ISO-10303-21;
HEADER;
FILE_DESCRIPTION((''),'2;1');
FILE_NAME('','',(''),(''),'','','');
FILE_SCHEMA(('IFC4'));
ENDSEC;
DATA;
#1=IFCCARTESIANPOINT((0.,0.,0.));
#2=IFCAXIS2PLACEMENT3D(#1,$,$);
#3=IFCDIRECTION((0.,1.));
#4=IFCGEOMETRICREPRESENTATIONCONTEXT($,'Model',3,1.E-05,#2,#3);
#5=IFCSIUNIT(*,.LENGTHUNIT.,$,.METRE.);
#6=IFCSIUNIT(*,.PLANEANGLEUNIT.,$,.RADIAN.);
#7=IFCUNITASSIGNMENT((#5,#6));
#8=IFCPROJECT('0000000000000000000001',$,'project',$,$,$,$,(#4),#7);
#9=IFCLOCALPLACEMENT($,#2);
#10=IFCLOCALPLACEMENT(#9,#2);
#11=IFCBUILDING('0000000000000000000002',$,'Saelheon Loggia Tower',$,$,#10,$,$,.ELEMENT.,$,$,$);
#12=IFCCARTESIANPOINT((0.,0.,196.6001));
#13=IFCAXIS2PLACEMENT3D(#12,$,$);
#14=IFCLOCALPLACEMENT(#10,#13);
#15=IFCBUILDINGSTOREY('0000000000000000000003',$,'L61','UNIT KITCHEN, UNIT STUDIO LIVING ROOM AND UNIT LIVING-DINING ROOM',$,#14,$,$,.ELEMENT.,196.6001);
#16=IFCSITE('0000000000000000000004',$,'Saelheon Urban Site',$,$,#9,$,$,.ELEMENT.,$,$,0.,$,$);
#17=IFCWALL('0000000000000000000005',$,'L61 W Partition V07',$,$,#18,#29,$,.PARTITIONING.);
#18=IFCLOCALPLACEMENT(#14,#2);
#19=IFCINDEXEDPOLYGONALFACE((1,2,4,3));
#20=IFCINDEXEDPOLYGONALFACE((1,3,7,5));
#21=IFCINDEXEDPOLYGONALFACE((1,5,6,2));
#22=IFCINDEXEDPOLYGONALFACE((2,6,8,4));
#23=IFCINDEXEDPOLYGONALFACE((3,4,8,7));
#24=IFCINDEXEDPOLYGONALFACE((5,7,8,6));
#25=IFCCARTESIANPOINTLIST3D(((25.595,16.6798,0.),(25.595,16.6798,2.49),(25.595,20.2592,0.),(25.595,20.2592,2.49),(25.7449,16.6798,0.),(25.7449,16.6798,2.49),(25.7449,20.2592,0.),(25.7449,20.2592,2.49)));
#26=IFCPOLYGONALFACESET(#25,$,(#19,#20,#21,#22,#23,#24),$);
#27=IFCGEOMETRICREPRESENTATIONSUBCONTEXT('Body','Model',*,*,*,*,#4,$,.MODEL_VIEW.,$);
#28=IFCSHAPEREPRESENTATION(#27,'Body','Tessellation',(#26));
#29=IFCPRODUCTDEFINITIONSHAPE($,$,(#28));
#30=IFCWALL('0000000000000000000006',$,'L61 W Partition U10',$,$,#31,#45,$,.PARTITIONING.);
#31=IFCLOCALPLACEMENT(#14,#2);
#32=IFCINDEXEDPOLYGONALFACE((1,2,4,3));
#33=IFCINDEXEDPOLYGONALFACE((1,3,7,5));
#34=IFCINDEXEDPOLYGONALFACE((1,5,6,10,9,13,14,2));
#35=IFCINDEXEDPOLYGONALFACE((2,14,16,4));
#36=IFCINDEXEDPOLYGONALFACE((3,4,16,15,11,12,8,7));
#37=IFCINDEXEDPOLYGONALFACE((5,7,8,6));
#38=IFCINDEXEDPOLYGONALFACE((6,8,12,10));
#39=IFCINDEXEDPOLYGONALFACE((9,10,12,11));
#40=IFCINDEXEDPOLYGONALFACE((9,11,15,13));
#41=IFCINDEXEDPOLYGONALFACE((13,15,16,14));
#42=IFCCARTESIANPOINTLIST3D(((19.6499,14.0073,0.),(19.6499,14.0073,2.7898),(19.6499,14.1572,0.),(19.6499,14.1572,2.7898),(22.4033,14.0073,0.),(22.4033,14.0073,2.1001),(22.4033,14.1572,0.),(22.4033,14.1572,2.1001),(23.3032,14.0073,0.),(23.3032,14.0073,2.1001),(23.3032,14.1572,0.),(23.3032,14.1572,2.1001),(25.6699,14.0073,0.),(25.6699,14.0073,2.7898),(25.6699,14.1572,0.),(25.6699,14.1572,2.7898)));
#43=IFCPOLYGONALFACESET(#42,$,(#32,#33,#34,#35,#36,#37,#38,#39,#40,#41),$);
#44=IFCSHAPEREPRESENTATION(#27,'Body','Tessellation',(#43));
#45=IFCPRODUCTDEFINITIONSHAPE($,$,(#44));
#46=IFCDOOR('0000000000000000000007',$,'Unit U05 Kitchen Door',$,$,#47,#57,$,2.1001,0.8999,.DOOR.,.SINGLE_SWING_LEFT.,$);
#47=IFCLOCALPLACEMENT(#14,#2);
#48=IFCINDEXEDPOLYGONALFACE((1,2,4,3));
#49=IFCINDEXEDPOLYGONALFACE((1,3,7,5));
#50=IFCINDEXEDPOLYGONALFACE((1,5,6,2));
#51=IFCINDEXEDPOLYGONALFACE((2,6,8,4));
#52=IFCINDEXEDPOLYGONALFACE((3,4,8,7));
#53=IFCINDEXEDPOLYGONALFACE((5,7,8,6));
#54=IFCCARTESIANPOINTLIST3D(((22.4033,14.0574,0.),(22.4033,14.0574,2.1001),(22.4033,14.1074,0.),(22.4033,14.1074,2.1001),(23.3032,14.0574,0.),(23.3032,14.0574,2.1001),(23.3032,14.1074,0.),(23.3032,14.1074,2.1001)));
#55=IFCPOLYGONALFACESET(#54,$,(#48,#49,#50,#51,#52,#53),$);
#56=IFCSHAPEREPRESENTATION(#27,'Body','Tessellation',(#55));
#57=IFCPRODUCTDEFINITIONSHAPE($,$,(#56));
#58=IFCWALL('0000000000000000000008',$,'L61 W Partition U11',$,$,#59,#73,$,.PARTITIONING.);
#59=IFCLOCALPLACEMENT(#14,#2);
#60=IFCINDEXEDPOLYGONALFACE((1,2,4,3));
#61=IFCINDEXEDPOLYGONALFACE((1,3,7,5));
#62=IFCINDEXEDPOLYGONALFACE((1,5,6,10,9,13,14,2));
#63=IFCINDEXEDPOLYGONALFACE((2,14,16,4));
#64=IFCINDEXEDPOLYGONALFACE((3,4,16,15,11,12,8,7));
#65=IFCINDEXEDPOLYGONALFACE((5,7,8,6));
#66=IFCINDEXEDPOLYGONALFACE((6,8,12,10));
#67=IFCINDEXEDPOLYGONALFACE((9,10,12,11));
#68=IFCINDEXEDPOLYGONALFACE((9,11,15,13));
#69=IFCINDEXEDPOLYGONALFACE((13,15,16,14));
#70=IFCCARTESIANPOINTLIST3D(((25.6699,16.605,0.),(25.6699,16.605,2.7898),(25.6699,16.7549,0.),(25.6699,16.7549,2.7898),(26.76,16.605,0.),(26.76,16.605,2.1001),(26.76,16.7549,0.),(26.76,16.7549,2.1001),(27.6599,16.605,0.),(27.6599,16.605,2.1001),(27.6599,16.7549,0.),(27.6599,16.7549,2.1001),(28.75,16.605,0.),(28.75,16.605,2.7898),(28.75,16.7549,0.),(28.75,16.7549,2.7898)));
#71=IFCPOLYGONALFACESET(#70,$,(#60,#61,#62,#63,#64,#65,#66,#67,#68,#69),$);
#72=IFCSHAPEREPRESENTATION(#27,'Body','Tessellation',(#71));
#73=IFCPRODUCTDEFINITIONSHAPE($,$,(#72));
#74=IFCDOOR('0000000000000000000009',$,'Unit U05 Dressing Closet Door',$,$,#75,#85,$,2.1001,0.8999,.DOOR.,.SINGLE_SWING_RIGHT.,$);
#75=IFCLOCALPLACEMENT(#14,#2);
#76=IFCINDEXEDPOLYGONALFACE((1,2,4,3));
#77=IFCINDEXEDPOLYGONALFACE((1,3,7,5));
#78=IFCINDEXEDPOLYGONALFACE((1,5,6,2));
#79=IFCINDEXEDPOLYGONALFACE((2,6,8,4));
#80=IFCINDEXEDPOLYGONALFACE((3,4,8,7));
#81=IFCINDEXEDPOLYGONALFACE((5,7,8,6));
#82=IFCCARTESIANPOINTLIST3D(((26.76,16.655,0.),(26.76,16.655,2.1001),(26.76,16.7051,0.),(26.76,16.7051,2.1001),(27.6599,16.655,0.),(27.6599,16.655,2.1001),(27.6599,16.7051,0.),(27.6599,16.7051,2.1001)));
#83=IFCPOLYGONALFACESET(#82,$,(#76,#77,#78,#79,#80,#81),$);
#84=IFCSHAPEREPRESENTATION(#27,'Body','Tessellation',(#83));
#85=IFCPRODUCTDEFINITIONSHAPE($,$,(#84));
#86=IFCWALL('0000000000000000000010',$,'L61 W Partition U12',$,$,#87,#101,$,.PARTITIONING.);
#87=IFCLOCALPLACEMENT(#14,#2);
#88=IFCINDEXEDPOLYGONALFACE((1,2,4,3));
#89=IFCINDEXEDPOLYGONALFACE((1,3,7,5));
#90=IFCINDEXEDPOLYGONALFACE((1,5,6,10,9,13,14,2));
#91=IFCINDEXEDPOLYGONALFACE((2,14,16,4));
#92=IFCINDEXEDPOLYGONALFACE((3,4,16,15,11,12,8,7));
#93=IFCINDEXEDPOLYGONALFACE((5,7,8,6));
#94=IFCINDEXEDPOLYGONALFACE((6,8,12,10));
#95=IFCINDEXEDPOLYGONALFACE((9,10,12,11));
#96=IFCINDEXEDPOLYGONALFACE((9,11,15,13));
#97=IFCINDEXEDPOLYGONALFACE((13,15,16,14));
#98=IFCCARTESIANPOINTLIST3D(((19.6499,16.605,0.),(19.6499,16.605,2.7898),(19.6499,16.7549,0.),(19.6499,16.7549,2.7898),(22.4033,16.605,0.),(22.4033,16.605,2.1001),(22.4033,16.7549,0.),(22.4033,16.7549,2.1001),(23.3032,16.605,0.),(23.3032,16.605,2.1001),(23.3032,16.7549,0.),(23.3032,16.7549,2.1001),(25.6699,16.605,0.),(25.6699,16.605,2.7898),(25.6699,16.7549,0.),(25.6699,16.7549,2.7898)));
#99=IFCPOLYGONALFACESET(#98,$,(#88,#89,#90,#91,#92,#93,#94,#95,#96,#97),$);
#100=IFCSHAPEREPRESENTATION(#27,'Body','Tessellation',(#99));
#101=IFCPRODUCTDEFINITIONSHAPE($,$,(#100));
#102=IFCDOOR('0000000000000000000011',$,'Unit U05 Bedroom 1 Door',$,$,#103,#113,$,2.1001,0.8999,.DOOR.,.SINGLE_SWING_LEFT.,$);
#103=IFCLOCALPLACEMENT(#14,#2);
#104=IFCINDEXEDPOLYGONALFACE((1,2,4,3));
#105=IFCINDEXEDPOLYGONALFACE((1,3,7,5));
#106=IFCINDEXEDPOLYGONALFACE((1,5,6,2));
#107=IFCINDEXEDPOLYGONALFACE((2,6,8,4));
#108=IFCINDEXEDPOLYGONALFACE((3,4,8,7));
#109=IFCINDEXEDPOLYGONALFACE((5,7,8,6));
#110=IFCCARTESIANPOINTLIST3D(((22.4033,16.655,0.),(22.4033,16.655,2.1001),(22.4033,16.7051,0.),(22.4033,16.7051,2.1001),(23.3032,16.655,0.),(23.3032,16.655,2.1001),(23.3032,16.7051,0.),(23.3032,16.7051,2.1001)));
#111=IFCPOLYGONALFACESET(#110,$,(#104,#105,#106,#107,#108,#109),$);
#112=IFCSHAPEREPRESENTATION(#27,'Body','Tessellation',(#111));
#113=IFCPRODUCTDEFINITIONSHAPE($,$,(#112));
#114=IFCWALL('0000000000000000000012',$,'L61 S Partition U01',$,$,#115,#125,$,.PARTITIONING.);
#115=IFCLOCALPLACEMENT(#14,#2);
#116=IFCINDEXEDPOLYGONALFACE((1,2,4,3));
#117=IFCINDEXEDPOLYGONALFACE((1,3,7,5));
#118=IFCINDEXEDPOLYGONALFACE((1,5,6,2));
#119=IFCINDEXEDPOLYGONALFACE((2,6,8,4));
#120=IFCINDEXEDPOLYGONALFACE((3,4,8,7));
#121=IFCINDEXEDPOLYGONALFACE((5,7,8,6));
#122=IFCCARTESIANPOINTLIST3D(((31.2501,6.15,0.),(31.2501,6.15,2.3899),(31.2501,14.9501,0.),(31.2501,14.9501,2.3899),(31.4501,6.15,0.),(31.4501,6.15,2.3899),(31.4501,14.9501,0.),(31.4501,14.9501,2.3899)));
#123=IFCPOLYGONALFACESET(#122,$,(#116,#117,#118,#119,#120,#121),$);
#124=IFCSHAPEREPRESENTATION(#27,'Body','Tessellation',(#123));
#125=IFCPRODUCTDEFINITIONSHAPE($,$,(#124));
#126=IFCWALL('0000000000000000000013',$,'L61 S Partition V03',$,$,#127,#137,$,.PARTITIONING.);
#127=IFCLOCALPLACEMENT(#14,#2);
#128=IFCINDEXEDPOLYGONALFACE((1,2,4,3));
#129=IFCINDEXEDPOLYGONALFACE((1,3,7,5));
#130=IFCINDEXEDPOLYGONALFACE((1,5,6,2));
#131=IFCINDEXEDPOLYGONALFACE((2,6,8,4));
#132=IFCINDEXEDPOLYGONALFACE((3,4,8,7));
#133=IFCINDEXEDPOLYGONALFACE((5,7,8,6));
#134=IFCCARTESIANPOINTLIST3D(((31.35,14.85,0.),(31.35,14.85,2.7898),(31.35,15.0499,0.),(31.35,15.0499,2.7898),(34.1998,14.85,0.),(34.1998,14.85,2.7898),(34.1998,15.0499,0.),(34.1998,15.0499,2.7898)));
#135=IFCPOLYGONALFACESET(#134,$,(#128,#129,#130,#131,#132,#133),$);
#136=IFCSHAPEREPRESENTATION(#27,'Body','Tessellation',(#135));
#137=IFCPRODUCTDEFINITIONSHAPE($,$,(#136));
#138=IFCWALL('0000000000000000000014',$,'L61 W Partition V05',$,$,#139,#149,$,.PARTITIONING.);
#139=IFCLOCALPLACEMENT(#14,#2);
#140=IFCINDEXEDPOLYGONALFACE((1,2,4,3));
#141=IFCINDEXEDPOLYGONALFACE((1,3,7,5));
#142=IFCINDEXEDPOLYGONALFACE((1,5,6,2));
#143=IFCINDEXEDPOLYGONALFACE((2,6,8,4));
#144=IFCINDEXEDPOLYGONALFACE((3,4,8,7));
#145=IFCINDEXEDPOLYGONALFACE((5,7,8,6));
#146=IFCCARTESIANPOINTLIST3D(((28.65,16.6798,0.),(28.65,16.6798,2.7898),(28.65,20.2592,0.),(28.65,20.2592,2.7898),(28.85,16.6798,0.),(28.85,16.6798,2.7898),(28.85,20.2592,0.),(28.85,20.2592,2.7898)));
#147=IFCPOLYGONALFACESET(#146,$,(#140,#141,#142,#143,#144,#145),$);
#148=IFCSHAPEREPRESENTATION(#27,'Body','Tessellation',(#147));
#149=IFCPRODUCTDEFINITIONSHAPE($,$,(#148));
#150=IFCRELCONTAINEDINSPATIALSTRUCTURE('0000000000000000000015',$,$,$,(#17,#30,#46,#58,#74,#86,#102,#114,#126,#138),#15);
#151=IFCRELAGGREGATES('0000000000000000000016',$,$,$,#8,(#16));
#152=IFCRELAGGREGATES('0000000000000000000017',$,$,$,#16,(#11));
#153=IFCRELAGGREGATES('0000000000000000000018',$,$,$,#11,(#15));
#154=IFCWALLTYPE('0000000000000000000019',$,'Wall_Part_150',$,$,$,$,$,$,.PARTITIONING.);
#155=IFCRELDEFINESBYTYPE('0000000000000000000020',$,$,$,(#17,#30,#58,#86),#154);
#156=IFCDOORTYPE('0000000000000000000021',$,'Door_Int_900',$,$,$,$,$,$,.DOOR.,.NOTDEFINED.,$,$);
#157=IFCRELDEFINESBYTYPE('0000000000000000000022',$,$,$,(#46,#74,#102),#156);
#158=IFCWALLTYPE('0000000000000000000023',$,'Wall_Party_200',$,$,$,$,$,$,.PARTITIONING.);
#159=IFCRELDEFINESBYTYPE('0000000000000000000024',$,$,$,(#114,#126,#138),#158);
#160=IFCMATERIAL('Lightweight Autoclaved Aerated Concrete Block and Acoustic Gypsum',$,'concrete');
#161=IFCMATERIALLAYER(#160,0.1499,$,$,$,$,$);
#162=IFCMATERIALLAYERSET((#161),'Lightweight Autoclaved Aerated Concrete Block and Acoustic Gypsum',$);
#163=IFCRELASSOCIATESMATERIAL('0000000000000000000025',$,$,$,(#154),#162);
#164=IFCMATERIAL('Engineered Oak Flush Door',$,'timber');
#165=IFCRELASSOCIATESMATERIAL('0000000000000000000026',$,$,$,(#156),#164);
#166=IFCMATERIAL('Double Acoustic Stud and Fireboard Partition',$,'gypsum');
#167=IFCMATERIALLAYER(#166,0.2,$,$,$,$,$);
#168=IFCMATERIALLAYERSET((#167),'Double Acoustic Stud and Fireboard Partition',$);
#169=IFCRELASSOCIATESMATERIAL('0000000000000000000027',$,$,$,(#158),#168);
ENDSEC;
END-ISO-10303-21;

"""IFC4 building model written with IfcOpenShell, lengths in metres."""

from ifc_helpers import new_model, si_unit, direction, frame, frame_2d, origin, place, context, subcontext, project, spatial, rectangle, extrude, source, transform, mapped, material, layer, layer_set, type_object, element, fill, save


model = new_model("IFC4")

# Units and contexts
model_context = context("Model", 3, precision=1e-05, world=origin(), true_north=direction((0.0, 1.0)))
body_context = subcontext(model_context, "Body", "Model", "MODEL_VIEW")
ifc_project = project(units=[si_unit("LENGTHUNIT", "METRE"), si_unit("PLANEANGLEUNIT", "RADIAN")], contexts=[model_context])

# Site, building, storey
site_placement = place(None, origin())
site = spatial("IfcSite", under=ifc_project, at=site_placement, Name="Saelheon Urban Site", CompositionType="ELEMENT", RefElevation=0.0)
building_placement = place(site_placement, origin())
building = spatial("IfcBuilding", under=site, at=building_placement, Name="Saelheon Loggia Tower", CompositionType="ELEMENT")
storey_placement = place(building_placement, frame((0.0, 0.0, 196.6001)))
storey = spatial("IfcBuildingStorey", under=building, at=storey_placement, Name="L61", Description="UNIT KITCHEN, UNIT STUDIO LIVING ROOM AND UNIT LIVING-DINING ROOM", CompositionType="ELEMENT", Elevation=196.6001)

# Wall
ifc_material_1 = material(Name="Lightweight Autoclaved Aerated Concrete Block and Acoustic Gypsum", Category="concrete")
ifc_layer_1 = layer(ifc_material_1, 0.1499)
ifc_layer_set_1 = layer_set([ifc_layer_1], Name="Lightweight Autoclaved Aerated Concrete Block and Acoustic Gypsum")
wall_type_1 = type_object("IfcWallType", Name="Wall_Part_150", PredefinedType="PARTITIONING", material=ifc_layer_set_1)
wall_1_placement = place(storey_placement, frame((25.6699, 16.6799, 0.0), z_axis=(0.0, 0.0, 1.0), x_axis=(0.0, 1.0, 0.0)))
element("IfcWall", 1, at=wall_1_placement, inside=storey, type_object=wall_type_1, Name="L61 W Partition V07", PredefinedType="PARTITIONING", context=body_context, shape_type="SweptSolid", body=[
    extrude(rectangle(XDim=3.5793, YDim=0.1499, at=frame_2d((1.7896, 0.0))), origin(), (0.0, 0.0, 1.0), 2.49),
])

# Walls, openings, doors
wall_2_placement = place(storey_placement, frame((25.6699, 14.0823, 0.0), z_axis=(0.0, 0.0, 1.0), x_axis=(-1.0, 0.0, 0.0)))
wall_2 = element("IfcWall", 2, at=wall_2_placement, inside=storey, type_object=wall_type_1, Name="L61 W Partition U10", PredefinedType="PARTITIONING", context=body_context, shape_type="SweptSolid", body=[
    extrude(rectangle(XDim=6.02, YDim=0.1499, at=frame_2d((3.01, 0.0))), origin(), (0.0, 0.0, 1.0), 2.7898),
])
opening_1_placement = place(wall_2_placement, frame((2.3667, 0.0, 0.0)))
opening_1 = element("IfcOpeningElement", 3, at=opening_1_placement, cuts=wall_2, PredefinedType="OPENING", context=body_context, shape_type="SweptSolid", body=[
    extrude(rectangle(XDim=0.8999, YDim=2.1001, at=frame_2d((0.45, 1.05))), frame((0.0, 0.0869, 0.0), z_axis=(0.0, -1.0, 0.0), x_axis=(1.0, 0.0, 0.0)), (0.0, 0.0, 1.0), 0.1738),
])
ifc_material_2 = material(Name="Engineered Oak Flush Door", Category="timber")
door_type_1 = type_object("IfcDoorType", Name="Door_Int_900", OperationType="NOTDEFINED", PredefinedType="DOOR", material=ifc_material_2)
shared_shape_1 = source(origin(), body_context, "Body", "SweptSolid", [
    extrude(rectangle(XDim=0.8999, YDim=2.1001, at=frame_2d((0.45, 1.05))), frame((0.0, 0.0249, 0.0), z_axis=(0.0, -1.0, 0.0), x_axis=(1.0, 0.0, 0.0)), (0.0, 0.0, 1.0), 0.05),
])
door_1_placement = place(opening_1_placement, origin())
door_1 = element("IfcDoor", 4, at=door_1_placement, inside=storey, type_object=door_type_1, Name="Unit U05 Kitchen Door", OperationType="SINGLE_SWING_LEFT", OverallHeight=2.1001, OverallWidth=0.8999, PredefinedType="DOOR", context=body_context, shape_type="MappedRepresentation", body=[
    mapped(shared_shape_1, transform((0.0, 0.0, 0.0), scale=1.0)),
])
fill(opening_1, door_1)
wall_3_placement = place(storey_placement, frame((28.75, 16.6799, 0.0), z_axis=(0.0, 0.0, 1.0), x_axis=(-1.0, 0.0, 0.0)))
wall_3 = element("IfcWall", 5, at=wall_3_placement, inside=storey, type_object=wall_type_1, Name="L61 W Partition U11", PredefinedType="PARTITIONING", context=body_context, shape_type="SweptSolid", body=[
    extrude(rectangle(XDim=3.0801, YDim=0.1499, at=frame_2d((1.54, 0.0))), origin(), (0.0, 0.0, 1.0), 2.7898),
])
opening_2_placement = place(wall_3_placement, frame((1.0901, 0.0, 0.0)))
opening_2 = element("IfcOpeningElement", 6, at=opening_2_placement, cuts=wall_3, PredefinedType="OPENING", context=body_context, shape_type="SweptSolid", body=[
    extrude(rectangle(XDim=0.8999, YDim=2.1001, at=frame_2d((0.45, 1.05))), frame((0.0, 0.0869, 0.0), z_axis=(0.0, -1.0, 0.0), x_axis=(1.0, 0.0, 0.0)), (0.0, 0.0, 1.0), 0.1738),
])
door_2_placement = place(opening_2_placement, origin())
door_2 = element("IfcDoor", 7, at=door_2_placement, inside=storey, type_object=door_type_1, Name="Unit U05 Dressing Closet Door", OperationType="SINGLE_SWING_RIGHT", OverallHeight=2.1001, OverallWidth=0.8999, PredefinedType="DOOR", context=body_context, shape_type="MappedRepresentation", body=[
    mapped(shared_shape_1, transform((0.0, 0.0, 0.0), scale=1.0)),
])
fill(opening_2, door_2)
wall_4_placement = place(storey_placement, frame((25.6699, 16.6799, 0.0), z_axis=(0.0, 0.0, 1.0), x_axis=(-1.0, 0.0, 0.0)))
wall_4 = element("IfcWall", 8, at=wall_4_placement, inside=storey, type_object=wall_type_1, Name="L61 W Partition U12", PredefinedType="PARTITIONING", context=body_context, shape_type="SweptSolid", body=[
    extrude(rectangle(XDim=6.02, YDim=0.1499, at=frame_2d((3.01, 0.0))), origin(), (0.0, 0.0, 1.0), 2.7898),
])
opening_3_placement = place(wall_4_placement, frame((2.3667, 0.0, 0.0)))
opening_3 = element("IfcOpeningElement", 9, at=opening_3_placement, cuts=wall_4, PredefinedType="OPENING", context=body_context, shape_type="SweptSolid", body=[
    extrude(rectangle(XDim=0.8999, YDim=2.1001, at=frame_2d((0.45, 1.05))), frame((0.0, 0.0869, 0.0), z_axis=(0.0, -1.0, 0.0), x_axis=(1.0, 0.0, 0.0)), (0.0, 0.0, 1.0), 0.1738),
])
door_3_placement = place(opening_3_placement, origin())
door_3 = element("IfcDoor", 10, at=door_3_placement, inside=storey, type_object=door_type_1, Name="Unit U05 Bedroom 1 Door", OperationType="SINGLE_SWING_LEFT", OverallHeight=2.1001, OverallWidth=0.8999, PredefinedType="DOOR", context=body_context, shape_type="MappedRepresentation", body=[
    mapped(shared_shape_1, transform((0.0, 0.0, 0.0), scale=1.0)),
])
fill(opening_3, door_3)

# Walls
ifc_material_3 = material(Name="Double Acoustic Stud and Fireboard Partition", Category="gypsum")
ifc_layer_2 = layer(ifc_material_3, 0.2)
ifc_layer_set_2 = layer_set([ifc_layer_2], Name="Double Acoustic Stud and Fireboard Partition")
wall_type_2 = type_object("IfcWallType", Name="Wall_Party_200", PredefinedType="PARTITIONING", material=ifc_layer_set_2)
wall_5_placement = place(storey_placement, frame((31.3501, 14.95, 0.0), z_axis=(0.0, 0.0, 1.0), x_axis=(0.0, -1.0, 0.0)))
element("IfcWall", 11, at=wall_5_placement, inside=storey, type_object=wall_type_2, Name="L61 S Partition U01", PredefinedType="PARTITIONING", context=body_context, shape_type="SweptSolid", body=[
    extrude(rectangle(XDim=8.8, YDim=0.2, at=frame_2d((4.3999, 0.0))), origin(), (0.0, 0.0, 1.0), 2.3899),
])
wall_6_placement = place(storey_placement, frame((31.3501, 14.95, 0.0), z_axis=(0.0, 0.0, 1.0), x_axis=(1.0, 0.0, 0.0)))
element("IfcWall", 12, at=wall_6_placement, inside=storey, type_object=wall_type_2, Name="L61 S Partition V03", PredefinedType="PARTITIONING", context=body_context, shape_type="SweptSolid", body=[
    extrude(rectangle(XDim=2.8499, YDim=0.2, at=frame_2d((1.4248, 0.0))), origin(), (0.0, 0.0, 1.0), 2.7898),
])

# Wall
wall_7_placement = place(storey_placement, frame((28.75, 16.6799, 0.0), z_axis=(0.0, 0.0, 1.0), x_axis=(0.0, 1.0, 0.0)))
element("IfcWall", 13, at=wall_7_placement, inside=storey, type_object=wall_type_2, Name="L61 W Partition V05", PredefinedType="PARTITIONING", context=body_context, shape_type="SweptSolid", body=[
    extrude(rectangle(XDim=3.5793, YDim=0.2, at=frame_2d((1.7896, 0.0))), origin(), (0.0, 0.0, 1.0), 2.7898),
])

save(model, "model.ifc")
